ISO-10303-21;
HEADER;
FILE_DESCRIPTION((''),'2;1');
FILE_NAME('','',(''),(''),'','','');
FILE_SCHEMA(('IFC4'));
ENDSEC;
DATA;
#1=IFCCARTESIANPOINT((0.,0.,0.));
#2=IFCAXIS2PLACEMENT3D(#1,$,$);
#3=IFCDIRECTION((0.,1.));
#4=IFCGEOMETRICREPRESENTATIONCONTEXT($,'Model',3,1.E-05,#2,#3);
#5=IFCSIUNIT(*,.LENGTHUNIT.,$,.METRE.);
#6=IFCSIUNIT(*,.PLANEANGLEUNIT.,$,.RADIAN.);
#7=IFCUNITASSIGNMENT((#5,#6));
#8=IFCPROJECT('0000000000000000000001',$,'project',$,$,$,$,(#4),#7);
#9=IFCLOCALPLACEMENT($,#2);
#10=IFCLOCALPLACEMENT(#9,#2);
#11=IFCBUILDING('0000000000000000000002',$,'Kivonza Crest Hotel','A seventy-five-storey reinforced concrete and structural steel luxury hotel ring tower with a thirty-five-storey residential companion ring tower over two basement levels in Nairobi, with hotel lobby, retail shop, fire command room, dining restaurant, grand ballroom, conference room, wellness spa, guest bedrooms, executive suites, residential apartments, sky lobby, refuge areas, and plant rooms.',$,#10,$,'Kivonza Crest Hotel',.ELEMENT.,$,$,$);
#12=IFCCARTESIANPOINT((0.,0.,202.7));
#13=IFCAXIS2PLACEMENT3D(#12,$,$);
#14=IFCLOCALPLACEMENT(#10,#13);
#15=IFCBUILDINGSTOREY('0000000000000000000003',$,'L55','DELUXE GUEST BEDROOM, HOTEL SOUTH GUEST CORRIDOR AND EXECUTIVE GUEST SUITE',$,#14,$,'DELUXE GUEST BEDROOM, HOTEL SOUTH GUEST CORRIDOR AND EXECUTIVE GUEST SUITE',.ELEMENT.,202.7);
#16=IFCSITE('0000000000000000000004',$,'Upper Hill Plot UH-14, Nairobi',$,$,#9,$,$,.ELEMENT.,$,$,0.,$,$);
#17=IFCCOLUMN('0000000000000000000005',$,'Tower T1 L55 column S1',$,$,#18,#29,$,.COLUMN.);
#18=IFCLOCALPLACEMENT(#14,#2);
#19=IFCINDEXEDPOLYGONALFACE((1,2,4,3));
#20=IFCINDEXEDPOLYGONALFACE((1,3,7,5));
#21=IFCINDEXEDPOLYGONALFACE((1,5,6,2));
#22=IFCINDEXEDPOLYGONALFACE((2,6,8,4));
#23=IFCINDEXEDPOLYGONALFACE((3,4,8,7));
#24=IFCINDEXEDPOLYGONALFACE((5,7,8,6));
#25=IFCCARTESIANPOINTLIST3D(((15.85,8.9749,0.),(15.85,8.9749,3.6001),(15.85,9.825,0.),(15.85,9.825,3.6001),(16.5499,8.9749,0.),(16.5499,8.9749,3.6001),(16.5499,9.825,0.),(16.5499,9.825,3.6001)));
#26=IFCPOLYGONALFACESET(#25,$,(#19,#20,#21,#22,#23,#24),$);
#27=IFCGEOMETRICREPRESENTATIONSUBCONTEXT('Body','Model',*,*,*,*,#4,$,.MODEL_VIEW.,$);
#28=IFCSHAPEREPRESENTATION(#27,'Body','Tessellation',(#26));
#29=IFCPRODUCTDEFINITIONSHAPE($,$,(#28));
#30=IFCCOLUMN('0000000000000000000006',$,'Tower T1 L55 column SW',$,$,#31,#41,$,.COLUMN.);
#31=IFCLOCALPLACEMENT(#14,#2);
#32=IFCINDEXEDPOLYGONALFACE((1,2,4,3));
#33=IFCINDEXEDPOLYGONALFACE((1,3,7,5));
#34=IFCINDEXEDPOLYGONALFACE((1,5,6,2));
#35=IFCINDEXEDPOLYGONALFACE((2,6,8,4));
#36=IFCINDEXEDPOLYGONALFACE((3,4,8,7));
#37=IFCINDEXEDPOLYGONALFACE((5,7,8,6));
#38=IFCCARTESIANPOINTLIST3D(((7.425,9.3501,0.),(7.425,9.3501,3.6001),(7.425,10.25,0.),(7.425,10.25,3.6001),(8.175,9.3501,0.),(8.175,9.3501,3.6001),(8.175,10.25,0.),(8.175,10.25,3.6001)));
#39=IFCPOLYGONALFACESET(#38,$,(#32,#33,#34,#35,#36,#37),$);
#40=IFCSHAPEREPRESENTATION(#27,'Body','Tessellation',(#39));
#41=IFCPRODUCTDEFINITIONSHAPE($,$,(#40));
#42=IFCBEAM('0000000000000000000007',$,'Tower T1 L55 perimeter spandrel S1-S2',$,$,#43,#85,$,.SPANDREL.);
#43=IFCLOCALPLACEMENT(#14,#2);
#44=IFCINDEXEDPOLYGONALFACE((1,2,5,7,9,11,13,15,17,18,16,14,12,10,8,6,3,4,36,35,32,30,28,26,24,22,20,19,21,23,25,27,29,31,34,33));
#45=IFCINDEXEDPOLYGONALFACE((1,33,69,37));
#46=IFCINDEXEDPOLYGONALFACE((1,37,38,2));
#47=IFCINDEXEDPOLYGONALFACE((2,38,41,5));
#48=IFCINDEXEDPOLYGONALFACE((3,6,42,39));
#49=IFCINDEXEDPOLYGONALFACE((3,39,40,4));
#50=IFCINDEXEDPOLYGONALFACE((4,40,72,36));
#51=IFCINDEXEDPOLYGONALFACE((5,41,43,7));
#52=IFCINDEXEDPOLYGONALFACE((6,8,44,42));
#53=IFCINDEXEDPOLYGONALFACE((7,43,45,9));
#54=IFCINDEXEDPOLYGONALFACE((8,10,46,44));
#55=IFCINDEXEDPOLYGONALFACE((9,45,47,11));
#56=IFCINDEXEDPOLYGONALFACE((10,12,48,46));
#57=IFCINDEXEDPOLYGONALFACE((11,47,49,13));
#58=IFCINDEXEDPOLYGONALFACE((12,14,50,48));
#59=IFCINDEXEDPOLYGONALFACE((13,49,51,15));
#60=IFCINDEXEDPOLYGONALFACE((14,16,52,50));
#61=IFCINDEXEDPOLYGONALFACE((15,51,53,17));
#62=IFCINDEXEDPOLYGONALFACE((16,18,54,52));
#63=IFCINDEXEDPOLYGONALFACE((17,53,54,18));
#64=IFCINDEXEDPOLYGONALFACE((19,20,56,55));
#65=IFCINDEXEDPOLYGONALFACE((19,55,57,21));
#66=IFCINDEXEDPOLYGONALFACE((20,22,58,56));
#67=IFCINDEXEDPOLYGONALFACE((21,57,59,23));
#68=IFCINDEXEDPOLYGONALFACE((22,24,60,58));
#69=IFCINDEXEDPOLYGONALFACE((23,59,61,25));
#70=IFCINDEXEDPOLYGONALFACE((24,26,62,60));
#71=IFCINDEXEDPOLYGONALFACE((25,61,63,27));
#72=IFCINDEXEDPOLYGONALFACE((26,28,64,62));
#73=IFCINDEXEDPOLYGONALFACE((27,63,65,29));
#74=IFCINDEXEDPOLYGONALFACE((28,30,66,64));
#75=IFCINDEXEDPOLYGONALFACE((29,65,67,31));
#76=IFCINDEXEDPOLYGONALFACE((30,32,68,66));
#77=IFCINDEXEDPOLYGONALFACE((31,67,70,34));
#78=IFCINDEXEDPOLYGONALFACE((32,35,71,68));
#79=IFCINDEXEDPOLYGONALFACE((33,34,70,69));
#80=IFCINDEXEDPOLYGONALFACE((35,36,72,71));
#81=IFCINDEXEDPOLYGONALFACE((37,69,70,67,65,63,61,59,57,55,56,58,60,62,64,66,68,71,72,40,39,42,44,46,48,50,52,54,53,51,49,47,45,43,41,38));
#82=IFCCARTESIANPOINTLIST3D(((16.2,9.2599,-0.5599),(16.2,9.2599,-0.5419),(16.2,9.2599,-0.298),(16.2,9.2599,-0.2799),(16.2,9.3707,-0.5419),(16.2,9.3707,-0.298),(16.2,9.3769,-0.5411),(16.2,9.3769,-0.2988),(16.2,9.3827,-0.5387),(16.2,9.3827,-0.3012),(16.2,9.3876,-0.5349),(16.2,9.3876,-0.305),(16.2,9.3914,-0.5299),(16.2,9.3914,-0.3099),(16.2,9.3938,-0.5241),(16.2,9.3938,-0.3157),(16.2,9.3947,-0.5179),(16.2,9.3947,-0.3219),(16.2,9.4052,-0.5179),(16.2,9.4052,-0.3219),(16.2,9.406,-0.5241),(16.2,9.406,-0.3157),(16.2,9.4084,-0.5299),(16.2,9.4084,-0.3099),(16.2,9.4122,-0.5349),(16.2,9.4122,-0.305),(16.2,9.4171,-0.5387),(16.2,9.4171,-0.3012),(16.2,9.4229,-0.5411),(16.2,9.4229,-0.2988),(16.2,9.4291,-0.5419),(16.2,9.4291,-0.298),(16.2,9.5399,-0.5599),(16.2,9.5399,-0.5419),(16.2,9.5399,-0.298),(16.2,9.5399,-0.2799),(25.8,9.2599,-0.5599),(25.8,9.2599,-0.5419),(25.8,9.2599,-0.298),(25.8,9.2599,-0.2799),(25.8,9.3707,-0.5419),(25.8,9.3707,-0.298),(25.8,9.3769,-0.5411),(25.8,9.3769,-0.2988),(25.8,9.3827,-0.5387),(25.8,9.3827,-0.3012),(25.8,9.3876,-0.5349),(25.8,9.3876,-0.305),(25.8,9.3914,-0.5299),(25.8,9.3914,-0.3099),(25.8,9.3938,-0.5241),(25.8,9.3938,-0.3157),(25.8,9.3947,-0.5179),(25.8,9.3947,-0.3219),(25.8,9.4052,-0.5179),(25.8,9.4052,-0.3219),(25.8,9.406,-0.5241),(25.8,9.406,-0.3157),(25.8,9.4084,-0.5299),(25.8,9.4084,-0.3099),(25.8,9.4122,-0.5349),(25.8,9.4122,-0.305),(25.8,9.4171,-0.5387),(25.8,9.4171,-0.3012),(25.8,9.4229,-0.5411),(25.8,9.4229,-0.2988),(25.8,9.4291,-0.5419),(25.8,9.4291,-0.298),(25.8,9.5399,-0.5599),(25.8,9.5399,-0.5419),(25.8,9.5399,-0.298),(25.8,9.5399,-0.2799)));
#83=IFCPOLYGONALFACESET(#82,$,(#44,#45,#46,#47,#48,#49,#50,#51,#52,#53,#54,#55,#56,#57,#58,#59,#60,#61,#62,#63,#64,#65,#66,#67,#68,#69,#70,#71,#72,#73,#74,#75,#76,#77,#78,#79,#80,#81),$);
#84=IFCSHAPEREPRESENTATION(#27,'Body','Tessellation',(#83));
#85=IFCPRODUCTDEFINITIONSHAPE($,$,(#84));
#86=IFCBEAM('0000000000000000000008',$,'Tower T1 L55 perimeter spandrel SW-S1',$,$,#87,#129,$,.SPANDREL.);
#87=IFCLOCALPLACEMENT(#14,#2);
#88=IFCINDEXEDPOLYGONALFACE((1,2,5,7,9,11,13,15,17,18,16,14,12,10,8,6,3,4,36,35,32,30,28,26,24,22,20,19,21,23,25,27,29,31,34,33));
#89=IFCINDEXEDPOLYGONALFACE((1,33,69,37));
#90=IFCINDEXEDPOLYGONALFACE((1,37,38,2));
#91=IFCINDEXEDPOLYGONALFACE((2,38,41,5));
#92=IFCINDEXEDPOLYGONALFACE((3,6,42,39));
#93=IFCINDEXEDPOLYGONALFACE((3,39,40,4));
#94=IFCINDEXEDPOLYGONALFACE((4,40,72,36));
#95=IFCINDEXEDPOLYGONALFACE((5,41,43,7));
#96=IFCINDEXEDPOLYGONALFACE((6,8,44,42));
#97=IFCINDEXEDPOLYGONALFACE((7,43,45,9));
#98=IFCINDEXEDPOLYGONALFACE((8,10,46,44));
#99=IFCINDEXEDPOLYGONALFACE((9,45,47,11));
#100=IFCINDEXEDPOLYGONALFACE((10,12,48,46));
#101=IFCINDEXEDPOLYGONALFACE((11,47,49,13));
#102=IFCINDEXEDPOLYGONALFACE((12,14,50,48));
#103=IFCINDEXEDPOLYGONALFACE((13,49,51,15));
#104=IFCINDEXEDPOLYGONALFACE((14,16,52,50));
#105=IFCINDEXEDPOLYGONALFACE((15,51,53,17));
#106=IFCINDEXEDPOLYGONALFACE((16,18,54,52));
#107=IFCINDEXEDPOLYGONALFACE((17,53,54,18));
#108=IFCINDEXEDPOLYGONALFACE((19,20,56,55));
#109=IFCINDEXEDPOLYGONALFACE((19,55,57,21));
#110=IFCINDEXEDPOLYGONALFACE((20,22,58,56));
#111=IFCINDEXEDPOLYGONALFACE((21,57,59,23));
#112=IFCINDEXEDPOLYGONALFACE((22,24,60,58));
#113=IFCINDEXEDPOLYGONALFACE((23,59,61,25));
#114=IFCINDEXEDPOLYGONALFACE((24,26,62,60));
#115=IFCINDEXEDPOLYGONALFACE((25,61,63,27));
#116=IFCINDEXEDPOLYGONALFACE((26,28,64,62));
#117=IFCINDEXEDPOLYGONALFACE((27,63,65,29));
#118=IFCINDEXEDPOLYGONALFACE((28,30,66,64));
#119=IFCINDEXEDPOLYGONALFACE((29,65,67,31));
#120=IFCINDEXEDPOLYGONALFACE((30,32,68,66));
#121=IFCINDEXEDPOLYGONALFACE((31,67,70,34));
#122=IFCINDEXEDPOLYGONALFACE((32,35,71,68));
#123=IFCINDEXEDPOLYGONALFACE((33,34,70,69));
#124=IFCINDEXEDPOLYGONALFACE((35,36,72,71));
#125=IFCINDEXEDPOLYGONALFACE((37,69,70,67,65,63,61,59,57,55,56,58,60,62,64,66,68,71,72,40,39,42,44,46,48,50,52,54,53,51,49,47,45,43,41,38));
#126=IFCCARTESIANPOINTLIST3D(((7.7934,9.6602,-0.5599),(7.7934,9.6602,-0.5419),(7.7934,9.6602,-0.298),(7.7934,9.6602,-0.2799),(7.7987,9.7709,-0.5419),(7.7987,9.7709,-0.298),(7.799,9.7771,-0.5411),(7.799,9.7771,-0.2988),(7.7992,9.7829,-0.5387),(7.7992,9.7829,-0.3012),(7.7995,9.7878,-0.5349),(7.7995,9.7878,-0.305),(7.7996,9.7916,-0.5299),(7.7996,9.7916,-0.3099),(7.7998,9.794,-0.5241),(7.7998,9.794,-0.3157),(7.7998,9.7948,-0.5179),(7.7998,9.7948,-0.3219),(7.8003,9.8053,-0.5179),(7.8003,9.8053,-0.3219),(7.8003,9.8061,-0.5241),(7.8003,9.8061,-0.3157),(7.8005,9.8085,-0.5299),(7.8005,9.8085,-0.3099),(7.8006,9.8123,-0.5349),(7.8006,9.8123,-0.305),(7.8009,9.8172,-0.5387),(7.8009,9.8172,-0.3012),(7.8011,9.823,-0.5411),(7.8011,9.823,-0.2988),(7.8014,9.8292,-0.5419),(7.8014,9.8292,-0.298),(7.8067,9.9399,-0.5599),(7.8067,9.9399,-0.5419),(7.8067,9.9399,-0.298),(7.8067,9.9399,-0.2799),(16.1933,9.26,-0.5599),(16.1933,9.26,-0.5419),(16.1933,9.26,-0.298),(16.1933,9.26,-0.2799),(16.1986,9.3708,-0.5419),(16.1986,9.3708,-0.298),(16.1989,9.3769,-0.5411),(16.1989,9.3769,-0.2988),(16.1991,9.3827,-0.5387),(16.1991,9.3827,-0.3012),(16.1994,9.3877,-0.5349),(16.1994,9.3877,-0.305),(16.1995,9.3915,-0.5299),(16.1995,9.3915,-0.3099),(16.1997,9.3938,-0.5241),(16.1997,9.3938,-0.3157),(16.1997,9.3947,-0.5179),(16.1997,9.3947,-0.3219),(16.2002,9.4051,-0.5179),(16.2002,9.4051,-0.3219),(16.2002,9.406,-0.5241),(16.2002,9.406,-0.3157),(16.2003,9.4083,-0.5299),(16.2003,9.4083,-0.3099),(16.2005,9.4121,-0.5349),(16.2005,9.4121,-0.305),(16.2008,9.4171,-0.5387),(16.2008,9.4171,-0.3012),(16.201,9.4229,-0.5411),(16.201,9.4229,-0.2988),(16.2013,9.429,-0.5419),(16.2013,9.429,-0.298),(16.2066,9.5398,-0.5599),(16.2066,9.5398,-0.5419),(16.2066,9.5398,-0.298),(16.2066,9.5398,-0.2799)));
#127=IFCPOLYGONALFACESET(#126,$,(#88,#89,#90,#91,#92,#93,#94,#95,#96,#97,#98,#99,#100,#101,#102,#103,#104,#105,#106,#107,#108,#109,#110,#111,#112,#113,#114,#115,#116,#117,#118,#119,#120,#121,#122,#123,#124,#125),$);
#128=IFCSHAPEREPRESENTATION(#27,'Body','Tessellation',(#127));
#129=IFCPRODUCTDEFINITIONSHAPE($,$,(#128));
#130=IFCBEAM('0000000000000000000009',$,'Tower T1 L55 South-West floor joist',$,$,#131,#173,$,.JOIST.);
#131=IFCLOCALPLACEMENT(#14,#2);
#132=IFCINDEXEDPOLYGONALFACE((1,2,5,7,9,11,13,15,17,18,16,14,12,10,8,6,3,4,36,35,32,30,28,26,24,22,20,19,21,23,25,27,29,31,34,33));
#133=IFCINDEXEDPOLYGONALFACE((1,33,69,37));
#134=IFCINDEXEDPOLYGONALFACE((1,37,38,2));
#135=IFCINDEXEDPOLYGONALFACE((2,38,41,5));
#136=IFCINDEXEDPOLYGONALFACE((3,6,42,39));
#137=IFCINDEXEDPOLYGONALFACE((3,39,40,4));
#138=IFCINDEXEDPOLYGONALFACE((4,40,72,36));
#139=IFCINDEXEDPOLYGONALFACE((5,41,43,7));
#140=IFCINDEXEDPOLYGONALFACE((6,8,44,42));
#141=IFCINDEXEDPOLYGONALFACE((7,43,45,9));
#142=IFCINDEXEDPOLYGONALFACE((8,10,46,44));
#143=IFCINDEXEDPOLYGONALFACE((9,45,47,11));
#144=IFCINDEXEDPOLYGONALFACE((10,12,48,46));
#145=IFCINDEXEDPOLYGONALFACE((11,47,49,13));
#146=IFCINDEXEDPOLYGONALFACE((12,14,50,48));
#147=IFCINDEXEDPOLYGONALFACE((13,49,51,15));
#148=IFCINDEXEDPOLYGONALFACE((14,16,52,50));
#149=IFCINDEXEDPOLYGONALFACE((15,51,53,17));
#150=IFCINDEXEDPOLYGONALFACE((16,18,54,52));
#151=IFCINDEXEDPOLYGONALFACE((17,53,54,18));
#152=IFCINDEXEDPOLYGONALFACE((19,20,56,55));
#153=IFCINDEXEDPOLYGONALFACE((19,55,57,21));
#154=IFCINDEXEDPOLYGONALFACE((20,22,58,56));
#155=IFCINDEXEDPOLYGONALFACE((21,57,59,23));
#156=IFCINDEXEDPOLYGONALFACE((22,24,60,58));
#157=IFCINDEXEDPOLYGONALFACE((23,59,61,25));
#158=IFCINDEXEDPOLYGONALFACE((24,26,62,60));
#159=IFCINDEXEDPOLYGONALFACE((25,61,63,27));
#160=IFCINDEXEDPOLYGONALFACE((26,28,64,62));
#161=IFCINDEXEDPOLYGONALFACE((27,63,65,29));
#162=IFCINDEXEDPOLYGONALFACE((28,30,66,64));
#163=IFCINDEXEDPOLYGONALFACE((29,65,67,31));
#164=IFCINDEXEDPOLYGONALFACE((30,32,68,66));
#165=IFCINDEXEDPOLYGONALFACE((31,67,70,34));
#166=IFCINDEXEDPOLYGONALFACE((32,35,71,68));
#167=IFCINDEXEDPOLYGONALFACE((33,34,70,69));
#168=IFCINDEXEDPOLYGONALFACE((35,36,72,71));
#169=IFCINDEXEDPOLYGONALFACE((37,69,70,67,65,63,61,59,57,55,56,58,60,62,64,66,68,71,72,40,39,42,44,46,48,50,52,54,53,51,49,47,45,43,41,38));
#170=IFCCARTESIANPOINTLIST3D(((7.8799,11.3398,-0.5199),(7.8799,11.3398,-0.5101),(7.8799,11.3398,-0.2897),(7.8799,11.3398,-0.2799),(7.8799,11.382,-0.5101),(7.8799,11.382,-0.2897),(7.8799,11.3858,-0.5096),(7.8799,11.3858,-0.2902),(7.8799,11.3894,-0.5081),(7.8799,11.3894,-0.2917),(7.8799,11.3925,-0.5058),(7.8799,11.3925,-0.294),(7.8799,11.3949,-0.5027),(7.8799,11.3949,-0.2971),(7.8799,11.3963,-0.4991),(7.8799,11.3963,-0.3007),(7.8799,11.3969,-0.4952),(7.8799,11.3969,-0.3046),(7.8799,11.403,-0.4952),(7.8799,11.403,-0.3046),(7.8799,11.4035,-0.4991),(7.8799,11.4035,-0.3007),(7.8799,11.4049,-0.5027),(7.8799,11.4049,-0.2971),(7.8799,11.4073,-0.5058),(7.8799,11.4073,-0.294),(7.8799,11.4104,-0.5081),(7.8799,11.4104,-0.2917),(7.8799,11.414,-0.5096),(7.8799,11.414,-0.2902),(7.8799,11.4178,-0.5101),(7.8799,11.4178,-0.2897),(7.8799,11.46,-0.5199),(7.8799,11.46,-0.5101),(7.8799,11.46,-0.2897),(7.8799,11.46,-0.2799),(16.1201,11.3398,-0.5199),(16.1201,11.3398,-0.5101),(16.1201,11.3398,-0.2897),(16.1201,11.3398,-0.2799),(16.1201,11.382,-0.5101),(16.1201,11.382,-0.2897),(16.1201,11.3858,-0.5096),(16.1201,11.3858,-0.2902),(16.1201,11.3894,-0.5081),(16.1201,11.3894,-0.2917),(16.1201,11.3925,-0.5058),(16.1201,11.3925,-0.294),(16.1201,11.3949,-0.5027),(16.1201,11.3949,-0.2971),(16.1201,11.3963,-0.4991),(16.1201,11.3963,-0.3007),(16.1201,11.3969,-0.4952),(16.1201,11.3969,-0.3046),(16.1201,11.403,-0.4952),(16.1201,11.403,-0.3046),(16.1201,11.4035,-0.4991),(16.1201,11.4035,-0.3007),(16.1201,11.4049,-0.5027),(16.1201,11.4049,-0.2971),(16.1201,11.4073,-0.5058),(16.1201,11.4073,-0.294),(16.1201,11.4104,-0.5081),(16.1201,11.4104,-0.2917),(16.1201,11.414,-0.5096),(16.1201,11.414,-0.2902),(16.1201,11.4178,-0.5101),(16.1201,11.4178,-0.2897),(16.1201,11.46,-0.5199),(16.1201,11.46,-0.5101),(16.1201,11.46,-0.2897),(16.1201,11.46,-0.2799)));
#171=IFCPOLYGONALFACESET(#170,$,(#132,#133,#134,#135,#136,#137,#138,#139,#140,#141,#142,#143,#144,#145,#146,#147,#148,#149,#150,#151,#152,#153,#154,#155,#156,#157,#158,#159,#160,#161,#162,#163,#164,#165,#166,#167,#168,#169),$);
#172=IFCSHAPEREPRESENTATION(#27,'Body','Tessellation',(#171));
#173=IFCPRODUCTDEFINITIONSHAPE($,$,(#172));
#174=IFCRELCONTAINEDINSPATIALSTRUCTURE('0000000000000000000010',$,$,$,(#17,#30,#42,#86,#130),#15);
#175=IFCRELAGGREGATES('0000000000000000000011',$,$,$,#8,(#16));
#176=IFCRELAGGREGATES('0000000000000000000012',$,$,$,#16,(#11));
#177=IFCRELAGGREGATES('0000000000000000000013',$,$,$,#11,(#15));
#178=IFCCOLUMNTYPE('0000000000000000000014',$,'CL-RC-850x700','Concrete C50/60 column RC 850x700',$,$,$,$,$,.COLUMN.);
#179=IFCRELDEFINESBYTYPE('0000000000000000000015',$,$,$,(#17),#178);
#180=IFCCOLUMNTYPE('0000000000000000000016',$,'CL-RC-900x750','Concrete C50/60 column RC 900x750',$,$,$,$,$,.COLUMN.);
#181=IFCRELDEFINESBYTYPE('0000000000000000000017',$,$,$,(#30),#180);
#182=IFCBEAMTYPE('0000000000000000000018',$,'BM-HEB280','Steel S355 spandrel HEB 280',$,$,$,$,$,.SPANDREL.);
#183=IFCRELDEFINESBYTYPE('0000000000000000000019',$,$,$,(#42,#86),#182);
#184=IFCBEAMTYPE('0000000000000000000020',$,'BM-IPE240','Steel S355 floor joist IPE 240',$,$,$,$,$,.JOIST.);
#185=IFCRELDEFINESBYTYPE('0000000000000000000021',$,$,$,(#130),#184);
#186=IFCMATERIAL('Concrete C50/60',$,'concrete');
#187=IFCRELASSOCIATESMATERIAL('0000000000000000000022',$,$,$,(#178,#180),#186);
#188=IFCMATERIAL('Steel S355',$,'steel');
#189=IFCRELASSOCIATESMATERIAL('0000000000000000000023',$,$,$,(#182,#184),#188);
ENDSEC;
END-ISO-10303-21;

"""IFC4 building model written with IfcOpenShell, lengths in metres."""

from ifc_helpers import new_model, si_unit, direction, frame, origin, origin_2d, place, context, subcontext, project, spatial, rectangle, i_section, extrude, material, material_profile, profile_set, type_object, element, save


model = new_model("IFC4")

# Units and contexts
model_context = context("Model", 3, precision=1e-05, world=origin(), true_north=direction((0.0, 1.0)))
body_context = subcontext(model_context, "Body", "Model", "MODEL_VIEW")
ifc_project = project(units=[si_unit("LENGTHUNIT", "METRE"), si_unit("PLANEANGLEUNIT", "RADIAN")], contexts=[model_context])

# Site, building, storey
site_placement = place(None, origin())
site = spatial("IfcSite", under=ifc_project, at=site_placement, Name="Upper Hill Plot UH-14, Nairobi", CompositionType="ELEMENT", RefElevation=0.0)
building_placement = place(site_placement, origin())
building = spatial("IfcBuilding", under=site, at=building_placement, Name="Kivonza Crest Hotel", Description="A seventy-five-storey reinforced concrete and structural steel luxury hotel ring tower with a thirty-five-storey residential companion ring tower over two basement levels in Nairobi, with hotel lobby, retail shop, fire command room, dining restaurant, grand ballroom, conference room, wellness spa, guest bedrooms, executive suites, residential apartments, sky lobby, refuge areas, and plant rooms.", LongName="Kivonza Crest Hotel", CompositionType="ELEMENT")
storey_placement = place(building_placement, frame((0.0, 0.0, 202.7)))
storey = spatial("IfcBuildingStorey", under=building, at=storey_placement, Name="L55", Description="DELUXE GUEST BEDROOM, HOTEL SOUTH GUEST CORRIDOR AND EXECUTIVE GUEST SUITE", LongName="DELUXE GUEST BEDROOM, HOTEL SOUTH GUEST CORRIDOR AND EXECUTIVE GUEST SUITE", CompositionType="ELEMENT", Elevation=202.7)

# Columns
ifc_material_1 = material(Name="Concrete C50/60", Category="concrete")
ifc_material_profile_1 = material_profile(ifc_material_1, rectangle(XDim=0.7, YDim=0.8501, at=origin_2d()), Name="RC 850x700")
ifc_profile_set_1 = profile_set([ifc_material_profile_1], Name="Concrete C50/60")
column_type_1 = type_object("IfcColumnType", Name="CL-RC-850x700", Description="Concrete C50/60 column RC 850x700", PredefinedType="COLUMN", material=ifc_profile_set_1)
column_1_placement = place(storey_placement, frame((16.2, 9.3999, 0.0), z_axis=(0.0, 0.0, 1.0), x_axis=(1.0, 0.0, 0.0)))
element("IfcColumn", 1, at=column_1_placement, inside=storey, type_object=column_type_1, Name="Tower T1 L55 column S1", PredefinedType="COLUMN", context=body_context, shape_type="SweptSolid", body=[
    extrude(rectangle(XDim=0.7, YDim=0.8501, at=origin_2d()), origin(), (0.0, 0.0, 1.0), 3.6001),
])
ifc_material_profile_2 = material_profile(ifc_material_1, rectangle(XDim=0.75, YDim=0.8999, at=origin_2d()), Name="RC 900x750")
ifc_profile_set_2 = profile_set([ifc_material_profile_2], Name="Concrete C50/60")
column_type_2 = type_object("IfcColumnType", Name="CL-RC-900x750", Description="Concrete C50/60 column RC 900x750", PredefinedType="COLUMN", material=ifc_profile_set_2)
column_2_placement = place(storey_placement, frame((7.8, 9.8, 0.0), z_axis=(0.0, 0.0, 1.0), x_axis=(1.0, 0.0, 0.0)))
element("IfcColumn", 2, at=column_2_placement, inside=storey, type_object=column_type_2, Name="Tower T1 L55 column SW", PredefinedType="COLUMN", context=body_context, shape_type="SweptSolid", body=[
    extrude(rectangle(XDim=0.75, YDim=0.8999, at=origin_2d()), origin(), (0.0, 0.0, 1.0), 3.6001),
])

# Beams
ifc_material_2 = material(Name="Steel S355", Category="steel")
ifc_material_profile_3 = material_profile(ifc_material_2, i_section(OverallWidth=0.28, OverallDepth=0.28, WebThickness=0.0105, FlangeThickness=0.0181, FilletRadius=0.0239, at=origin_2d()), Name="HEB 280")
ifc_profile_set_3 = profile_set([ifc_material_profile_3], Name="Steel S355")
beam_type_1 = type_object("IfcBeamType", Name="BM-HEB280", Description="Steel S355 spandrel HEB 280", PredefinedType="SPANDREL", material=ifc_profile_set_3)
beam_1_placement = place(storey_placement, frame((16.2, 9.3999, -0.4199), z_axis=(1.0, 0.0, 0.0), x_axis=(0.0, 1.0, 0.0)))
element("IfcBeam", 3, at=beam_1_placement, inside=storey, type_object=beam_type_1, Name="Tower T1 L55 perimeter spandrel S1-S2", PredefinedType="SPANDREL", context=body_context, shape_type="SweptSolid", body=[
    extrude(i_section(OverallWidth=0.28, OverallDepth=0.28, WebThickness=0.0105, FlangeThickness=0.0181, FilletRadius=0.0239, at=origin_2d()), origin(), (0.0, 0.0, 1.0), 9.6001),
])
beam_2_placement = place(storey_placement, frame((7.8, 9.8, -0.4199), z_axis=(0.998867, -0.047583, 0.0), x_axis=(0.047583, 0.998867, 0.0)))
element("IfcBeam", 4, at=beam_2_placement, inside=storey, type_object=beam_type_1, Name="Tower T1 L55 perimeter spandrel SW-S1", PredefinedType="SPANDREL", context=body_context, shape_type="SweptSolid", body=[
    extrude(i_section(OverallWidth=0.28, OverallDepth=0.28, WebThickness=0.0105, FlangeThickness=0.0181, FilletRadius=0.0239, at=origin_2d()), origin(), (0.0, 0.0, 1.0), 8.4094),
])
ifc_material_profile_4 = material_profile(ifc_material_2, i_section(OverallWidth=0.1201, OverallDepth=0.24, WebThickness=0.0061, FlangeThickness=0.0098, FilletRadius=0.0149, at=origin_2d()), Name="IPE 240")
ifc_profile_set_4 = profile_set([ifc_material_profile_4], Name="Steel S355")
beam_type_2 = type_object("IfcBeamType", Name="BM-IPE240", Description="Steel S355 floor joist IPE 240", PredefinedType="JOIST", material=ifc_profile_set_4)
beam_3_placement = place(storey_placement, frame((7.8799, 11.3999, -0.3999), z_axis=(1.0, 0.0, 0.0), x_axis=(0.0, 1.0, 0.0)))
element("IfcBeam", 5, at=beam_3_placement, inside=storey, type_object=beam_type_2, Name="Tower T1 L55 South-West floor joist", PredefinedType="JOIST", context=body_context, shape_type="SweptSolid", body=[
    extrude(i_section(OverallWidth=0.1201, OverallDepth=0.24, WebThickness=0.0061, FlangeThickness=0.0098, FilletRadius=0.0149, at=origin_2d()), origin(), (0.0, 0.0, 1.0), 8.2402),
])

save(model, "model.ifc")
